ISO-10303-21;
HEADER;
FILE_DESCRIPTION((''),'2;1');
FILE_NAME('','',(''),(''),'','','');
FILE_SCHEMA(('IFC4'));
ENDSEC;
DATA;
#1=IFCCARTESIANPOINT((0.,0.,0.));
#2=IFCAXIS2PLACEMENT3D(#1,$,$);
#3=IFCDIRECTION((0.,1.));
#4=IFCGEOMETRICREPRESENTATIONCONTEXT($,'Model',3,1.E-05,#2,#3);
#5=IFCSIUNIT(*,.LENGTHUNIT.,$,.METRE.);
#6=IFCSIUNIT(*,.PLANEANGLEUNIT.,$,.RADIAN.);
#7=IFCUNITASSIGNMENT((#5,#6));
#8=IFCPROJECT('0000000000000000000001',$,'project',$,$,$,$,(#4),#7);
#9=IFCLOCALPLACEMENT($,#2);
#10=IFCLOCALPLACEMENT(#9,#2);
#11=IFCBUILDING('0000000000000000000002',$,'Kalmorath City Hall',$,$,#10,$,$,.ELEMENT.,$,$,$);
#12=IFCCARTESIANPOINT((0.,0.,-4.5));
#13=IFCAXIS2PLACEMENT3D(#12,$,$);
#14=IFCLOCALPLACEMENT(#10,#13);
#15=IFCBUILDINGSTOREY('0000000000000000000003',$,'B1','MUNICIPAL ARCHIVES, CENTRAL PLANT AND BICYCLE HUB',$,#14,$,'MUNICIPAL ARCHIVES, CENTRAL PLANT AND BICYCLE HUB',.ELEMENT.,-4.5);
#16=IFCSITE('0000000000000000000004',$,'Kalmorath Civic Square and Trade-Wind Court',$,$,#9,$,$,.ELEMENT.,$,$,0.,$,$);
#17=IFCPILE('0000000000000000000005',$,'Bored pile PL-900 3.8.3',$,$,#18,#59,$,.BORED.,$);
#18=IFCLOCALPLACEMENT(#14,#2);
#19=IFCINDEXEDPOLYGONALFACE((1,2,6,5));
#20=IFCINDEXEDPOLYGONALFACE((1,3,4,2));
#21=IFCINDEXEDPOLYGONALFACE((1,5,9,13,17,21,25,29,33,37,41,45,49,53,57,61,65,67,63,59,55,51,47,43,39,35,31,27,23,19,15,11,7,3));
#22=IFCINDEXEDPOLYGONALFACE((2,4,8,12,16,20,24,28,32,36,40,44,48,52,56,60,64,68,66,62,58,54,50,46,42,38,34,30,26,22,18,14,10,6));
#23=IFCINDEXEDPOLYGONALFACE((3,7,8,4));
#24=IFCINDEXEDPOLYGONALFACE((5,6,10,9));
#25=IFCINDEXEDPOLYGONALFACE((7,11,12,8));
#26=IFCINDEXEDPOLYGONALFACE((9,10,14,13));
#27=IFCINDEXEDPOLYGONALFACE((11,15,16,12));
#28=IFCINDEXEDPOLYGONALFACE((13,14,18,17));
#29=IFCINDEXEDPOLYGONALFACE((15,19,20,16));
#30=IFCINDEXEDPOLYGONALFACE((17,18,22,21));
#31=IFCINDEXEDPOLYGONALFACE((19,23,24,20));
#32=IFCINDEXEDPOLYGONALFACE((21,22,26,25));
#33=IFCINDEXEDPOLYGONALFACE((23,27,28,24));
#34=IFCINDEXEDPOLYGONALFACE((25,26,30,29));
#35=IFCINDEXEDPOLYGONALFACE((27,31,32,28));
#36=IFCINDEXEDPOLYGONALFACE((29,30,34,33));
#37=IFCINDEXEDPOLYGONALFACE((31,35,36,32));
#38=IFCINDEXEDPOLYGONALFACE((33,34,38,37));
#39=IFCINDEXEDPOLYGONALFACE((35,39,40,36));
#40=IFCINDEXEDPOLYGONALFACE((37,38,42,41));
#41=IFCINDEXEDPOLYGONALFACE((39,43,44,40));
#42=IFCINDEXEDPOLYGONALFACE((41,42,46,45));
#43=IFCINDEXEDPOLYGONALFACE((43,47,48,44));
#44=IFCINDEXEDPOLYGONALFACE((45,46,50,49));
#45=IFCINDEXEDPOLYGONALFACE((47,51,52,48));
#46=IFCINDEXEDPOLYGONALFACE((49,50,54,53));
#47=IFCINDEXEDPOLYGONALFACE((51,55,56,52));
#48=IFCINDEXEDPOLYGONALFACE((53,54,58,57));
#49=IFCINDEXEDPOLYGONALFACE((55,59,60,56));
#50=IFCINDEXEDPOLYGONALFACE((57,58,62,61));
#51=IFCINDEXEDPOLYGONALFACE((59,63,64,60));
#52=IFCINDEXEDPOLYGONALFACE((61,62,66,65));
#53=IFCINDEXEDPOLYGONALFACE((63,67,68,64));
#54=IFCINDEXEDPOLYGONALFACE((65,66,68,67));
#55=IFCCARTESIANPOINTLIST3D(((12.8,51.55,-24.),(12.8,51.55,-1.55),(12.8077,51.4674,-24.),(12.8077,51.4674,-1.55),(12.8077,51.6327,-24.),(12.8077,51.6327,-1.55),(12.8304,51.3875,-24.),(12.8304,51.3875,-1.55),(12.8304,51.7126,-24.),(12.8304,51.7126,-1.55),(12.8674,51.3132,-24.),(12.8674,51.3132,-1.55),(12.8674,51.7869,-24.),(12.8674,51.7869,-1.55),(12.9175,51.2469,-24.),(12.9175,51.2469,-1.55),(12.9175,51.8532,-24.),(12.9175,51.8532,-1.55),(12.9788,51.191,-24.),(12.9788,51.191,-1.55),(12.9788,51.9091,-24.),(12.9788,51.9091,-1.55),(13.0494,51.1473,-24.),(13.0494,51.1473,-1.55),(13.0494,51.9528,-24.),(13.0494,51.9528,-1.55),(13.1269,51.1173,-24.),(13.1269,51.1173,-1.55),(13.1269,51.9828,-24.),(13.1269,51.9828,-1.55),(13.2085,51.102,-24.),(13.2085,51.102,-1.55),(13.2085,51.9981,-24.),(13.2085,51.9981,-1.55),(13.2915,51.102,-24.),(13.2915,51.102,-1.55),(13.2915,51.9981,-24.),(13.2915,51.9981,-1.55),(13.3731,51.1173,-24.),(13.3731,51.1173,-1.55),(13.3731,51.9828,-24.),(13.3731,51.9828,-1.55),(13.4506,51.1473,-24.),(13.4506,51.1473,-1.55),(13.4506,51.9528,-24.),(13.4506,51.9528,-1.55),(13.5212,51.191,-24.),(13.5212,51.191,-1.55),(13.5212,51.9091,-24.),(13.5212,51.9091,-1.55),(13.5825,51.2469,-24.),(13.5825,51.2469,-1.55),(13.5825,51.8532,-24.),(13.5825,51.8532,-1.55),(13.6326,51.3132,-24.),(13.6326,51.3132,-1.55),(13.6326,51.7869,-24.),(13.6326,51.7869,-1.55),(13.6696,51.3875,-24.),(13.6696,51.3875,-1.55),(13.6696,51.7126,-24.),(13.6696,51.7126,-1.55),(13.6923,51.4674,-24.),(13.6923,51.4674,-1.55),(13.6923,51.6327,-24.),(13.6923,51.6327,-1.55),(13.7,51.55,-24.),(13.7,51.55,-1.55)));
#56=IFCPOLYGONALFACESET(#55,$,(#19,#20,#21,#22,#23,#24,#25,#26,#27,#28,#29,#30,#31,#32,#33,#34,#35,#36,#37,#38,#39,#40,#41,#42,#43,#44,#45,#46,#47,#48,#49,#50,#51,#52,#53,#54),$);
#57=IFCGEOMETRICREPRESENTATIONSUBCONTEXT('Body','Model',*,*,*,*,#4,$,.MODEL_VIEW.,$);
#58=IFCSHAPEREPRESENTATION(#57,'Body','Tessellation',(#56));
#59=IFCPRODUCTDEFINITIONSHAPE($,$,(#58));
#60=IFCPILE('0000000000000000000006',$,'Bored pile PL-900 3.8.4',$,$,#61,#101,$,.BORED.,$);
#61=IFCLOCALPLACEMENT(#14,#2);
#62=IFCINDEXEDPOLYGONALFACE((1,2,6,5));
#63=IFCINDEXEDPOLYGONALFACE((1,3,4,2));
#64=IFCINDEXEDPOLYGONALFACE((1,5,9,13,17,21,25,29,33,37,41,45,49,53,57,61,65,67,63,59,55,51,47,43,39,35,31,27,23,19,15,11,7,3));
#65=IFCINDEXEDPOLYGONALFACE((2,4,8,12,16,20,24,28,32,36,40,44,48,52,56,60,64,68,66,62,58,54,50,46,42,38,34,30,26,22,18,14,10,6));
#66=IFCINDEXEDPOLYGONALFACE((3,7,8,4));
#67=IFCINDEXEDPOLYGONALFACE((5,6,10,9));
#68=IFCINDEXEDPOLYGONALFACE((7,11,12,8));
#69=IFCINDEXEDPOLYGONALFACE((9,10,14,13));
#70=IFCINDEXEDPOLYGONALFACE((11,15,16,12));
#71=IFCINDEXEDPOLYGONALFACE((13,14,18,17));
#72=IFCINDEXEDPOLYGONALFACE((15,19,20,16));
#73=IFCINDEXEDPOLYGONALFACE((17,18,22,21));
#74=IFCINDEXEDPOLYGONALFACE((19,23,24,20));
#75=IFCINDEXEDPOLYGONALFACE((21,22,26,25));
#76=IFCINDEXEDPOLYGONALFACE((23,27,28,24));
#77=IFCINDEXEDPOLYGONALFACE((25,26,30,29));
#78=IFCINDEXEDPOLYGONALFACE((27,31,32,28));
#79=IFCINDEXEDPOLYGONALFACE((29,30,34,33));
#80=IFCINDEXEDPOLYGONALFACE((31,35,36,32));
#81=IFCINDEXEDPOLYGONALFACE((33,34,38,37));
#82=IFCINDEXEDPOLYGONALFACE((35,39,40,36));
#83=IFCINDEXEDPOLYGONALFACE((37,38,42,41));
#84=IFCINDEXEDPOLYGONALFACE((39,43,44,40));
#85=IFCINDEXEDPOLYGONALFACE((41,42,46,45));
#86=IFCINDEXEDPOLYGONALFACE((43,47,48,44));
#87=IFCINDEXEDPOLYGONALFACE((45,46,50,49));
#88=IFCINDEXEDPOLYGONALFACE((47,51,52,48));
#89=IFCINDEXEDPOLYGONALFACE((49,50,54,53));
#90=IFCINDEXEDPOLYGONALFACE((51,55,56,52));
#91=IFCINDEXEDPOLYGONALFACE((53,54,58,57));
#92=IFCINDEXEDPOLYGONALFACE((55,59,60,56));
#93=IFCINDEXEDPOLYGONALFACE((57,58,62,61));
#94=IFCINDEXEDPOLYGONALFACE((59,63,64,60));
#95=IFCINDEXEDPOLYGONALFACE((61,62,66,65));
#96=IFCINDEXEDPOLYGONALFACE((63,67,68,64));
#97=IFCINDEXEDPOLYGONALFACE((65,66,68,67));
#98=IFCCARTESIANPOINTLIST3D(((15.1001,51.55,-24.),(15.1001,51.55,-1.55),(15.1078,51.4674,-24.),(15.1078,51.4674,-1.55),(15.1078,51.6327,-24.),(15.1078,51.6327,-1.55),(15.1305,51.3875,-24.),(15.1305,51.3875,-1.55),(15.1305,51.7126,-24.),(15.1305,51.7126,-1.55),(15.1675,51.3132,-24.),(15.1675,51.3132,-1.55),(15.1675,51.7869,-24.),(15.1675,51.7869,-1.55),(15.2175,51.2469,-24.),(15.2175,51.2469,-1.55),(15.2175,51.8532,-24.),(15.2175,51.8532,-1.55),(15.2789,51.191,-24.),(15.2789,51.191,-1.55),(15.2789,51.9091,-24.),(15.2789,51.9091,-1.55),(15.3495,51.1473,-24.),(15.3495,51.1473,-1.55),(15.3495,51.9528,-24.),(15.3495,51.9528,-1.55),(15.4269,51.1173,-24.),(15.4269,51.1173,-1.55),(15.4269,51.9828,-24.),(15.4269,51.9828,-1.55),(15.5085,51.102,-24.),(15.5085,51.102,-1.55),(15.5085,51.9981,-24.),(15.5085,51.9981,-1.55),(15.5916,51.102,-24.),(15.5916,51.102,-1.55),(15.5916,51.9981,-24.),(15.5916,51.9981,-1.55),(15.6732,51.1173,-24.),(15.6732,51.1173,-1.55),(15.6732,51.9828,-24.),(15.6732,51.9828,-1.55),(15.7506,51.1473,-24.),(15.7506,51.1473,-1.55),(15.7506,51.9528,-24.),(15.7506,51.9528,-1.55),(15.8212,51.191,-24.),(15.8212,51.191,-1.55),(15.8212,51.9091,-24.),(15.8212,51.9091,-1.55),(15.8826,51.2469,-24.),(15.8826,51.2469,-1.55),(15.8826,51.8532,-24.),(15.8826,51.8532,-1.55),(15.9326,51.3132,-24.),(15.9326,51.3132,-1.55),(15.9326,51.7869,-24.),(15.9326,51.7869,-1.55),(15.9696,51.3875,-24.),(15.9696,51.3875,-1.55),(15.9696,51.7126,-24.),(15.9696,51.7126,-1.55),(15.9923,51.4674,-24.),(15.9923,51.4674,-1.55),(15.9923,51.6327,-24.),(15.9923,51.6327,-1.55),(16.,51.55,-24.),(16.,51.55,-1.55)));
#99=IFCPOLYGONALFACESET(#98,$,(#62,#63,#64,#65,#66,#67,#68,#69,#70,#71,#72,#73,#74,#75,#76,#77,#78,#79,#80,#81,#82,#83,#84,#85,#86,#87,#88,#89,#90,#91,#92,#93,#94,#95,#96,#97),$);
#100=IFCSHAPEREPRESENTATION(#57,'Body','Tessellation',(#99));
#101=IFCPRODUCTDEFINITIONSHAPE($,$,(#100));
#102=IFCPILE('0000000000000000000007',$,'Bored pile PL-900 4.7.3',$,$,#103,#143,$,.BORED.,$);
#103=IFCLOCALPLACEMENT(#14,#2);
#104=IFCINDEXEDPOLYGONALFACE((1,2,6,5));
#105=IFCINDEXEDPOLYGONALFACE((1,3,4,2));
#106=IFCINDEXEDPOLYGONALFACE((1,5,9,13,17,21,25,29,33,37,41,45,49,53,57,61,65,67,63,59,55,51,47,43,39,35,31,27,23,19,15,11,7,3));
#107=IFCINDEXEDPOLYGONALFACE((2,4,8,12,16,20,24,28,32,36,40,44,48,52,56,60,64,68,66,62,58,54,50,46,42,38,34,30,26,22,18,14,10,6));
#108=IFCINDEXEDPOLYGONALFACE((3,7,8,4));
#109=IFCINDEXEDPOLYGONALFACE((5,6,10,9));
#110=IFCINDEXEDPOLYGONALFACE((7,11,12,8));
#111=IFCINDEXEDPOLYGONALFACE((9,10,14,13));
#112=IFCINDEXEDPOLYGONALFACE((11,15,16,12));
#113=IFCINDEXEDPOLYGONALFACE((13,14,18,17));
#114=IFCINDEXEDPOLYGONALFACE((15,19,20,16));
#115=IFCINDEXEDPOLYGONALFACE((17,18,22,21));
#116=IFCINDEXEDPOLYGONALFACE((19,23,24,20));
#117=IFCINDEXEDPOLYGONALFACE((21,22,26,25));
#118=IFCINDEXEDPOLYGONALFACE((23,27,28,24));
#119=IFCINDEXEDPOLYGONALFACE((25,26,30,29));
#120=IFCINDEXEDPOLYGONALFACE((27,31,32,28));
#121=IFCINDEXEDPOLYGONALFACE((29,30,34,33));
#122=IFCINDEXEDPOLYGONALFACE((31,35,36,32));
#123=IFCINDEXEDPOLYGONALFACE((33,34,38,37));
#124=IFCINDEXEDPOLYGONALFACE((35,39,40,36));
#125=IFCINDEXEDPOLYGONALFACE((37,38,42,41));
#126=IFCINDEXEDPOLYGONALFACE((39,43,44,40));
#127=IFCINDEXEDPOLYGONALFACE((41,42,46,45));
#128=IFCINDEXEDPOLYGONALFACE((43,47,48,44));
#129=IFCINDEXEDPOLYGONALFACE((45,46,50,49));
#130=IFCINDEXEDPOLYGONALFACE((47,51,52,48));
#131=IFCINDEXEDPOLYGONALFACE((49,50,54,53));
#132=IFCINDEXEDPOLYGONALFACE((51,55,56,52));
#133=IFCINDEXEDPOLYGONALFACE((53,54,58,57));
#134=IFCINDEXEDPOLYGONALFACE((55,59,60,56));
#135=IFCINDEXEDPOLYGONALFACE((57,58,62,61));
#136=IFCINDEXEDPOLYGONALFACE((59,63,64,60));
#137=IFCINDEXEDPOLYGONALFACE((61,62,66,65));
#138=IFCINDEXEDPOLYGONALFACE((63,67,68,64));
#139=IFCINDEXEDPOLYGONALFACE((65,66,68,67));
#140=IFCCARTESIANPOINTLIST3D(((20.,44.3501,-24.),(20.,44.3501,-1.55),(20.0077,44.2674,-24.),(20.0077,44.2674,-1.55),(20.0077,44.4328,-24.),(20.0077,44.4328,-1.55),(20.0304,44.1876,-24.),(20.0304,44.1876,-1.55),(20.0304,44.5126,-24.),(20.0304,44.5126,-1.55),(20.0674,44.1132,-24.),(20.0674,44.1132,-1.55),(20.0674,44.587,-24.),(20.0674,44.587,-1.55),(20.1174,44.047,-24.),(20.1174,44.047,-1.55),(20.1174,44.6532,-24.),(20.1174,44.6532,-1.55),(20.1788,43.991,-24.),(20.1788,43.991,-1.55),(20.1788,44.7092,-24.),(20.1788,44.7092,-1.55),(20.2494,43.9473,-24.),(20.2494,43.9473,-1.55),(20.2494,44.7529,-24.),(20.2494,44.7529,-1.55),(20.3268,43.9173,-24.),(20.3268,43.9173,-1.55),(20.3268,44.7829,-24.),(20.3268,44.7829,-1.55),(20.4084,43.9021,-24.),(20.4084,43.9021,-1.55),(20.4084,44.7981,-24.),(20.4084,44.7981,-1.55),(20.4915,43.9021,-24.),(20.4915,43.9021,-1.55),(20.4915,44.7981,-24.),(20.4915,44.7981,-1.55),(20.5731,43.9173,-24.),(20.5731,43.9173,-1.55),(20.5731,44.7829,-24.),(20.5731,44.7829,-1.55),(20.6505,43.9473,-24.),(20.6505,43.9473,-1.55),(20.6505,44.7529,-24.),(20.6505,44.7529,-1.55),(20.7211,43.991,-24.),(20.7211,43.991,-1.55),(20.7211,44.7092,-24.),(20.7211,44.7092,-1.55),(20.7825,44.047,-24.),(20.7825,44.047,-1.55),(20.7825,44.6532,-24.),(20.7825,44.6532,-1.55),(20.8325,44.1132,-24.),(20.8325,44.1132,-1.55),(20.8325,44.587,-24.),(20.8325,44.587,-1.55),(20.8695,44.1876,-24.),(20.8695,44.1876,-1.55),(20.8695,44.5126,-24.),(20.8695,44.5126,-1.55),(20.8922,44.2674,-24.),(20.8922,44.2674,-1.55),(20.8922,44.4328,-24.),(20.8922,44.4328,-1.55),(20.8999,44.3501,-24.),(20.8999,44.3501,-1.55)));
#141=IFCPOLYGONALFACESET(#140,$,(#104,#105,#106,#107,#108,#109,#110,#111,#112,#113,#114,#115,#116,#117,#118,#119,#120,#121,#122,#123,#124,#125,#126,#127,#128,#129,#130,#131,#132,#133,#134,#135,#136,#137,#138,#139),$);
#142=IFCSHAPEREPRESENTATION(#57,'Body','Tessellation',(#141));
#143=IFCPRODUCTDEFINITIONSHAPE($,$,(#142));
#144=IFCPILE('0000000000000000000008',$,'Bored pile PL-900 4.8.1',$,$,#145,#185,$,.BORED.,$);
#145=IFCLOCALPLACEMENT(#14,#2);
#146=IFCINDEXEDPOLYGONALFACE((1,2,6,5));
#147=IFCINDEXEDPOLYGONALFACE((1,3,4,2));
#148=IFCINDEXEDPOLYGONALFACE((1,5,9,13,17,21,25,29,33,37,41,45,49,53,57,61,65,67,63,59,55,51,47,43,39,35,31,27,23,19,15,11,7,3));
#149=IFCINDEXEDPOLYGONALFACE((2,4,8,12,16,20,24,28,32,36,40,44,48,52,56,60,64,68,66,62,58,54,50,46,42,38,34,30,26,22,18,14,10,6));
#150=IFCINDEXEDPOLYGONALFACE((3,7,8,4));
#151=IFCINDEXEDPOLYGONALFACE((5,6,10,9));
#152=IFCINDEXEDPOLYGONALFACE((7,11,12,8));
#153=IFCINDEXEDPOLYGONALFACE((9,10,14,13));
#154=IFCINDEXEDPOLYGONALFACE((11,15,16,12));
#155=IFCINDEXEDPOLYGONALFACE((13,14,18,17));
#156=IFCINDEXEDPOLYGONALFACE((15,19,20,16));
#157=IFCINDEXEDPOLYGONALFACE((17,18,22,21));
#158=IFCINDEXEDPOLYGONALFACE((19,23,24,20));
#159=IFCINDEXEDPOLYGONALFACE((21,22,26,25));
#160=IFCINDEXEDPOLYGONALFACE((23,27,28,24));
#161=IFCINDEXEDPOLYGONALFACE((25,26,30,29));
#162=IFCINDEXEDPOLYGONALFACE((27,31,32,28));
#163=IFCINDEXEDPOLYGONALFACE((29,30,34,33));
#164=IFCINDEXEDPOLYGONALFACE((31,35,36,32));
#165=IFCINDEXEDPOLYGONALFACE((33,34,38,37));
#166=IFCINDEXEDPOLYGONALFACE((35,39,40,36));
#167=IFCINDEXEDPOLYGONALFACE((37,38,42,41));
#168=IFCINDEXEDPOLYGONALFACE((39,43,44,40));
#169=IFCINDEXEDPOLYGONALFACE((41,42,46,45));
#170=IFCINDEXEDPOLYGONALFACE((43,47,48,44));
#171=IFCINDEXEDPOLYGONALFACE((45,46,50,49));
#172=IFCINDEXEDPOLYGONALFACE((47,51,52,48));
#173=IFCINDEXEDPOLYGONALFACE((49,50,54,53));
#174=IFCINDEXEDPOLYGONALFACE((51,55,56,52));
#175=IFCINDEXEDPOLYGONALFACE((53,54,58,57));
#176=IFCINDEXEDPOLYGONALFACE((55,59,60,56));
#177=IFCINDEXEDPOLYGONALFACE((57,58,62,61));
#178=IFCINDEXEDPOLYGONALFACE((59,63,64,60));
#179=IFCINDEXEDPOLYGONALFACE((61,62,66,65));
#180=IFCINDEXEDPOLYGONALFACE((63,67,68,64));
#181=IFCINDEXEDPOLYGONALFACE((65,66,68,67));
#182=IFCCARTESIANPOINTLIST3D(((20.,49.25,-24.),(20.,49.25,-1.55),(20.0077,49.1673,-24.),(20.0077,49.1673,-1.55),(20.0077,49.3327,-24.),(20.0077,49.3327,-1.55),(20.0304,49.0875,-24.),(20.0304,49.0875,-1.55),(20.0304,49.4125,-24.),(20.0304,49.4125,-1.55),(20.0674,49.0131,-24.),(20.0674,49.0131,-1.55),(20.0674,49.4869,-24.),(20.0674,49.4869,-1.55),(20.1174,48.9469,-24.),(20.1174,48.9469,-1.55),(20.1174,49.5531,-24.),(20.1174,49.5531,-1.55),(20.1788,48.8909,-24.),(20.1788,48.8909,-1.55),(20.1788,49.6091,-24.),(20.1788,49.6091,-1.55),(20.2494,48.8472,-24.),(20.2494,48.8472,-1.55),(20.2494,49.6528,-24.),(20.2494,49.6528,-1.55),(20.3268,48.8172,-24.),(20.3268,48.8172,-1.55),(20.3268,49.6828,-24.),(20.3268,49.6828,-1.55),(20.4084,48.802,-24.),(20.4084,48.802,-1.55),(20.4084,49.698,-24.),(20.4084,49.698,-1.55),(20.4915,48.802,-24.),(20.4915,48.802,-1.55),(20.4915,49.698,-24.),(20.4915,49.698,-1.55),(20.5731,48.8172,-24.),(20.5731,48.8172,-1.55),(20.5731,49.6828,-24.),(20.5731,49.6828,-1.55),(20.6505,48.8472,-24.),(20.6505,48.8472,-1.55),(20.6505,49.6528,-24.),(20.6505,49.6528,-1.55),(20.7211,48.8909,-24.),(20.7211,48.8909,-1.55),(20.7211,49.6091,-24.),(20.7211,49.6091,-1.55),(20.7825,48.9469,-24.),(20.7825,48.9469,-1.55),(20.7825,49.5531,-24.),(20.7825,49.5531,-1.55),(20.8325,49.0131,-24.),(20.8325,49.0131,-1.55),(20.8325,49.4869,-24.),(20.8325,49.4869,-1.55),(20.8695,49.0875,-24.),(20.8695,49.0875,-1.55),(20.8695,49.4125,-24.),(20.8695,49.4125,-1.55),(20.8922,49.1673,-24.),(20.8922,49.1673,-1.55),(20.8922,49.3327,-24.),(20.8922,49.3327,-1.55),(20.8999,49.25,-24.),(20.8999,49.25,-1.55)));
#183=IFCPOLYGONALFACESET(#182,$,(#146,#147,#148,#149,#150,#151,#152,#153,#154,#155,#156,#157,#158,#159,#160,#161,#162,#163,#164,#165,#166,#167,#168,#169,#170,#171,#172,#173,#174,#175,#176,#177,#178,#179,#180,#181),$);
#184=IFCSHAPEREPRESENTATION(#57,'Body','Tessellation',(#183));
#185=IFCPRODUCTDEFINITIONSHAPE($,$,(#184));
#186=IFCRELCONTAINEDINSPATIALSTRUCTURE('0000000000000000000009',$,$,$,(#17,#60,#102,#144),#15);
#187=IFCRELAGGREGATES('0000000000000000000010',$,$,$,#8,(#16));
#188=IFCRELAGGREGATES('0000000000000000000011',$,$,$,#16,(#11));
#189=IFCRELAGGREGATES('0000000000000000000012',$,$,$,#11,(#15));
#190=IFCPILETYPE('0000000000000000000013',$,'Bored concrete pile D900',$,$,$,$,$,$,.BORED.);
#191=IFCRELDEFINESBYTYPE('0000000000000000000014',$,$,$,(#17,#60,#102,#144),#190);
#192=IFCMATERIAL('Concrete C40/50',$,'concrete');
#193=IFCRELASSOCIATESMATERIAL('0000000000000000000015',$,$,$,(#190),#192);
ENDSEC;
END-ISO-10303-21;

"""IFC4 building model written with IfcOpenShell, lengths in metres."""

from ifc_helpers import new_model, si_unit, direction, frame, origin, origin_2d, place, context, subcontext, project, spatial, circle, extrude, material, material_profile, profile_set, type_object, element, save


model = new_model("IFC4")

# Units and contexts
model_context = context("Model", 3, precision=1e-05, world=origin(), true_north=direction((0.0, 1.0)))
body_context = subcontext(model_context, "Body", "Model", "MODEL_VIEW")
ifc_project = project(units=[si_unit("LENGTHUNIT", "METRE"), si_unit("PLANEANGLEUNIT", "RADIAN")], contexts=[model_context])

# Site, building, storey
site_placement = place(None, origin())
site = spatial("IfcSite", under=ifc_project, at=site_placement, Name="Kalmorath Civic Square and Trade-Wind Court", CompositionType="ELEMENT", RefElevation=0.0)
building_placement = place(site_placement, origin())
building = spatial("IfcBuilding", under=site, at=building_placement, Name="Kalmorath City Hall", CompositionType="ELEMENT")
storey_placement = place(building_placement, frame((0.0, 0.0, -4.5)))
storey = spatial("IfcBuildingStorey", under=building, at=storey_placement, Name="B1", Description="MUNICIPAL ARCHIVES, CENTRAL PLANT AND BICYCLE HUB", LongName="MUNICIPAL ARCHIVES, CENTRAL PLANT AND BICYCLE HUB", CompositionType="ELEMENT", Elevation=-4.5)

# Piles
ifc_material_1 = material(Name="Concrete C40/50", Category="concrete")
ifc_material_profile_1 = material_profile(ifc_material_1, circle(Radius=0.45, at=origin_2d()), Name="PILE-D900")
ifc_profile_set_1 = profile_set([ifc_material_profile_1], Name="Concrete C40/50")
pile_type = type_object("IfcPileType", Name="Bored concrete pile D900", PredefinedType="BORED", material=ifc_profile_set_1)
for number, where, z_axis, x_axis, name in (
    (1, (13.25, 51.55, -1.55), (0.0, 0.0, -1.0), (1.0, 0.0, 0.0), "Bored pile PL-900 3.8.3"),
    (2, (15.55, 51.55, -1.55), (0.0, 0.0, -1.0), (1.0, 0.0, 0.0), "Bored pile PL-900 3.8.4"),
    (3, (20.45, 44.3501, -1.55), (0.0, 0.0, -1.0), (1.0, 0.0, 0.0), "Bored pile PL-900 4.7.3"),
    (4, (20.45, 49.25, -1.55), (0.0, 0.0, -1.0), (1.0, 0.0, 0.0), "Bored pile PL-900 4.8.1"),
):
    element("IfcPile", number, at=place(storey_placement, frame(where, z_axis=z_axis, x_axis=x_axis)), inside=storey, type_object=pile_type, Name=name, PredefinedType="BORED", context=body_context, shape_type="SweptSolid", body=[
        extrude(circle(Radius=0.45, at=origin_2d()), origin(), (0.0, 0.0, 1.0), 22.45),
    ])

save(model, "model.ifc")
